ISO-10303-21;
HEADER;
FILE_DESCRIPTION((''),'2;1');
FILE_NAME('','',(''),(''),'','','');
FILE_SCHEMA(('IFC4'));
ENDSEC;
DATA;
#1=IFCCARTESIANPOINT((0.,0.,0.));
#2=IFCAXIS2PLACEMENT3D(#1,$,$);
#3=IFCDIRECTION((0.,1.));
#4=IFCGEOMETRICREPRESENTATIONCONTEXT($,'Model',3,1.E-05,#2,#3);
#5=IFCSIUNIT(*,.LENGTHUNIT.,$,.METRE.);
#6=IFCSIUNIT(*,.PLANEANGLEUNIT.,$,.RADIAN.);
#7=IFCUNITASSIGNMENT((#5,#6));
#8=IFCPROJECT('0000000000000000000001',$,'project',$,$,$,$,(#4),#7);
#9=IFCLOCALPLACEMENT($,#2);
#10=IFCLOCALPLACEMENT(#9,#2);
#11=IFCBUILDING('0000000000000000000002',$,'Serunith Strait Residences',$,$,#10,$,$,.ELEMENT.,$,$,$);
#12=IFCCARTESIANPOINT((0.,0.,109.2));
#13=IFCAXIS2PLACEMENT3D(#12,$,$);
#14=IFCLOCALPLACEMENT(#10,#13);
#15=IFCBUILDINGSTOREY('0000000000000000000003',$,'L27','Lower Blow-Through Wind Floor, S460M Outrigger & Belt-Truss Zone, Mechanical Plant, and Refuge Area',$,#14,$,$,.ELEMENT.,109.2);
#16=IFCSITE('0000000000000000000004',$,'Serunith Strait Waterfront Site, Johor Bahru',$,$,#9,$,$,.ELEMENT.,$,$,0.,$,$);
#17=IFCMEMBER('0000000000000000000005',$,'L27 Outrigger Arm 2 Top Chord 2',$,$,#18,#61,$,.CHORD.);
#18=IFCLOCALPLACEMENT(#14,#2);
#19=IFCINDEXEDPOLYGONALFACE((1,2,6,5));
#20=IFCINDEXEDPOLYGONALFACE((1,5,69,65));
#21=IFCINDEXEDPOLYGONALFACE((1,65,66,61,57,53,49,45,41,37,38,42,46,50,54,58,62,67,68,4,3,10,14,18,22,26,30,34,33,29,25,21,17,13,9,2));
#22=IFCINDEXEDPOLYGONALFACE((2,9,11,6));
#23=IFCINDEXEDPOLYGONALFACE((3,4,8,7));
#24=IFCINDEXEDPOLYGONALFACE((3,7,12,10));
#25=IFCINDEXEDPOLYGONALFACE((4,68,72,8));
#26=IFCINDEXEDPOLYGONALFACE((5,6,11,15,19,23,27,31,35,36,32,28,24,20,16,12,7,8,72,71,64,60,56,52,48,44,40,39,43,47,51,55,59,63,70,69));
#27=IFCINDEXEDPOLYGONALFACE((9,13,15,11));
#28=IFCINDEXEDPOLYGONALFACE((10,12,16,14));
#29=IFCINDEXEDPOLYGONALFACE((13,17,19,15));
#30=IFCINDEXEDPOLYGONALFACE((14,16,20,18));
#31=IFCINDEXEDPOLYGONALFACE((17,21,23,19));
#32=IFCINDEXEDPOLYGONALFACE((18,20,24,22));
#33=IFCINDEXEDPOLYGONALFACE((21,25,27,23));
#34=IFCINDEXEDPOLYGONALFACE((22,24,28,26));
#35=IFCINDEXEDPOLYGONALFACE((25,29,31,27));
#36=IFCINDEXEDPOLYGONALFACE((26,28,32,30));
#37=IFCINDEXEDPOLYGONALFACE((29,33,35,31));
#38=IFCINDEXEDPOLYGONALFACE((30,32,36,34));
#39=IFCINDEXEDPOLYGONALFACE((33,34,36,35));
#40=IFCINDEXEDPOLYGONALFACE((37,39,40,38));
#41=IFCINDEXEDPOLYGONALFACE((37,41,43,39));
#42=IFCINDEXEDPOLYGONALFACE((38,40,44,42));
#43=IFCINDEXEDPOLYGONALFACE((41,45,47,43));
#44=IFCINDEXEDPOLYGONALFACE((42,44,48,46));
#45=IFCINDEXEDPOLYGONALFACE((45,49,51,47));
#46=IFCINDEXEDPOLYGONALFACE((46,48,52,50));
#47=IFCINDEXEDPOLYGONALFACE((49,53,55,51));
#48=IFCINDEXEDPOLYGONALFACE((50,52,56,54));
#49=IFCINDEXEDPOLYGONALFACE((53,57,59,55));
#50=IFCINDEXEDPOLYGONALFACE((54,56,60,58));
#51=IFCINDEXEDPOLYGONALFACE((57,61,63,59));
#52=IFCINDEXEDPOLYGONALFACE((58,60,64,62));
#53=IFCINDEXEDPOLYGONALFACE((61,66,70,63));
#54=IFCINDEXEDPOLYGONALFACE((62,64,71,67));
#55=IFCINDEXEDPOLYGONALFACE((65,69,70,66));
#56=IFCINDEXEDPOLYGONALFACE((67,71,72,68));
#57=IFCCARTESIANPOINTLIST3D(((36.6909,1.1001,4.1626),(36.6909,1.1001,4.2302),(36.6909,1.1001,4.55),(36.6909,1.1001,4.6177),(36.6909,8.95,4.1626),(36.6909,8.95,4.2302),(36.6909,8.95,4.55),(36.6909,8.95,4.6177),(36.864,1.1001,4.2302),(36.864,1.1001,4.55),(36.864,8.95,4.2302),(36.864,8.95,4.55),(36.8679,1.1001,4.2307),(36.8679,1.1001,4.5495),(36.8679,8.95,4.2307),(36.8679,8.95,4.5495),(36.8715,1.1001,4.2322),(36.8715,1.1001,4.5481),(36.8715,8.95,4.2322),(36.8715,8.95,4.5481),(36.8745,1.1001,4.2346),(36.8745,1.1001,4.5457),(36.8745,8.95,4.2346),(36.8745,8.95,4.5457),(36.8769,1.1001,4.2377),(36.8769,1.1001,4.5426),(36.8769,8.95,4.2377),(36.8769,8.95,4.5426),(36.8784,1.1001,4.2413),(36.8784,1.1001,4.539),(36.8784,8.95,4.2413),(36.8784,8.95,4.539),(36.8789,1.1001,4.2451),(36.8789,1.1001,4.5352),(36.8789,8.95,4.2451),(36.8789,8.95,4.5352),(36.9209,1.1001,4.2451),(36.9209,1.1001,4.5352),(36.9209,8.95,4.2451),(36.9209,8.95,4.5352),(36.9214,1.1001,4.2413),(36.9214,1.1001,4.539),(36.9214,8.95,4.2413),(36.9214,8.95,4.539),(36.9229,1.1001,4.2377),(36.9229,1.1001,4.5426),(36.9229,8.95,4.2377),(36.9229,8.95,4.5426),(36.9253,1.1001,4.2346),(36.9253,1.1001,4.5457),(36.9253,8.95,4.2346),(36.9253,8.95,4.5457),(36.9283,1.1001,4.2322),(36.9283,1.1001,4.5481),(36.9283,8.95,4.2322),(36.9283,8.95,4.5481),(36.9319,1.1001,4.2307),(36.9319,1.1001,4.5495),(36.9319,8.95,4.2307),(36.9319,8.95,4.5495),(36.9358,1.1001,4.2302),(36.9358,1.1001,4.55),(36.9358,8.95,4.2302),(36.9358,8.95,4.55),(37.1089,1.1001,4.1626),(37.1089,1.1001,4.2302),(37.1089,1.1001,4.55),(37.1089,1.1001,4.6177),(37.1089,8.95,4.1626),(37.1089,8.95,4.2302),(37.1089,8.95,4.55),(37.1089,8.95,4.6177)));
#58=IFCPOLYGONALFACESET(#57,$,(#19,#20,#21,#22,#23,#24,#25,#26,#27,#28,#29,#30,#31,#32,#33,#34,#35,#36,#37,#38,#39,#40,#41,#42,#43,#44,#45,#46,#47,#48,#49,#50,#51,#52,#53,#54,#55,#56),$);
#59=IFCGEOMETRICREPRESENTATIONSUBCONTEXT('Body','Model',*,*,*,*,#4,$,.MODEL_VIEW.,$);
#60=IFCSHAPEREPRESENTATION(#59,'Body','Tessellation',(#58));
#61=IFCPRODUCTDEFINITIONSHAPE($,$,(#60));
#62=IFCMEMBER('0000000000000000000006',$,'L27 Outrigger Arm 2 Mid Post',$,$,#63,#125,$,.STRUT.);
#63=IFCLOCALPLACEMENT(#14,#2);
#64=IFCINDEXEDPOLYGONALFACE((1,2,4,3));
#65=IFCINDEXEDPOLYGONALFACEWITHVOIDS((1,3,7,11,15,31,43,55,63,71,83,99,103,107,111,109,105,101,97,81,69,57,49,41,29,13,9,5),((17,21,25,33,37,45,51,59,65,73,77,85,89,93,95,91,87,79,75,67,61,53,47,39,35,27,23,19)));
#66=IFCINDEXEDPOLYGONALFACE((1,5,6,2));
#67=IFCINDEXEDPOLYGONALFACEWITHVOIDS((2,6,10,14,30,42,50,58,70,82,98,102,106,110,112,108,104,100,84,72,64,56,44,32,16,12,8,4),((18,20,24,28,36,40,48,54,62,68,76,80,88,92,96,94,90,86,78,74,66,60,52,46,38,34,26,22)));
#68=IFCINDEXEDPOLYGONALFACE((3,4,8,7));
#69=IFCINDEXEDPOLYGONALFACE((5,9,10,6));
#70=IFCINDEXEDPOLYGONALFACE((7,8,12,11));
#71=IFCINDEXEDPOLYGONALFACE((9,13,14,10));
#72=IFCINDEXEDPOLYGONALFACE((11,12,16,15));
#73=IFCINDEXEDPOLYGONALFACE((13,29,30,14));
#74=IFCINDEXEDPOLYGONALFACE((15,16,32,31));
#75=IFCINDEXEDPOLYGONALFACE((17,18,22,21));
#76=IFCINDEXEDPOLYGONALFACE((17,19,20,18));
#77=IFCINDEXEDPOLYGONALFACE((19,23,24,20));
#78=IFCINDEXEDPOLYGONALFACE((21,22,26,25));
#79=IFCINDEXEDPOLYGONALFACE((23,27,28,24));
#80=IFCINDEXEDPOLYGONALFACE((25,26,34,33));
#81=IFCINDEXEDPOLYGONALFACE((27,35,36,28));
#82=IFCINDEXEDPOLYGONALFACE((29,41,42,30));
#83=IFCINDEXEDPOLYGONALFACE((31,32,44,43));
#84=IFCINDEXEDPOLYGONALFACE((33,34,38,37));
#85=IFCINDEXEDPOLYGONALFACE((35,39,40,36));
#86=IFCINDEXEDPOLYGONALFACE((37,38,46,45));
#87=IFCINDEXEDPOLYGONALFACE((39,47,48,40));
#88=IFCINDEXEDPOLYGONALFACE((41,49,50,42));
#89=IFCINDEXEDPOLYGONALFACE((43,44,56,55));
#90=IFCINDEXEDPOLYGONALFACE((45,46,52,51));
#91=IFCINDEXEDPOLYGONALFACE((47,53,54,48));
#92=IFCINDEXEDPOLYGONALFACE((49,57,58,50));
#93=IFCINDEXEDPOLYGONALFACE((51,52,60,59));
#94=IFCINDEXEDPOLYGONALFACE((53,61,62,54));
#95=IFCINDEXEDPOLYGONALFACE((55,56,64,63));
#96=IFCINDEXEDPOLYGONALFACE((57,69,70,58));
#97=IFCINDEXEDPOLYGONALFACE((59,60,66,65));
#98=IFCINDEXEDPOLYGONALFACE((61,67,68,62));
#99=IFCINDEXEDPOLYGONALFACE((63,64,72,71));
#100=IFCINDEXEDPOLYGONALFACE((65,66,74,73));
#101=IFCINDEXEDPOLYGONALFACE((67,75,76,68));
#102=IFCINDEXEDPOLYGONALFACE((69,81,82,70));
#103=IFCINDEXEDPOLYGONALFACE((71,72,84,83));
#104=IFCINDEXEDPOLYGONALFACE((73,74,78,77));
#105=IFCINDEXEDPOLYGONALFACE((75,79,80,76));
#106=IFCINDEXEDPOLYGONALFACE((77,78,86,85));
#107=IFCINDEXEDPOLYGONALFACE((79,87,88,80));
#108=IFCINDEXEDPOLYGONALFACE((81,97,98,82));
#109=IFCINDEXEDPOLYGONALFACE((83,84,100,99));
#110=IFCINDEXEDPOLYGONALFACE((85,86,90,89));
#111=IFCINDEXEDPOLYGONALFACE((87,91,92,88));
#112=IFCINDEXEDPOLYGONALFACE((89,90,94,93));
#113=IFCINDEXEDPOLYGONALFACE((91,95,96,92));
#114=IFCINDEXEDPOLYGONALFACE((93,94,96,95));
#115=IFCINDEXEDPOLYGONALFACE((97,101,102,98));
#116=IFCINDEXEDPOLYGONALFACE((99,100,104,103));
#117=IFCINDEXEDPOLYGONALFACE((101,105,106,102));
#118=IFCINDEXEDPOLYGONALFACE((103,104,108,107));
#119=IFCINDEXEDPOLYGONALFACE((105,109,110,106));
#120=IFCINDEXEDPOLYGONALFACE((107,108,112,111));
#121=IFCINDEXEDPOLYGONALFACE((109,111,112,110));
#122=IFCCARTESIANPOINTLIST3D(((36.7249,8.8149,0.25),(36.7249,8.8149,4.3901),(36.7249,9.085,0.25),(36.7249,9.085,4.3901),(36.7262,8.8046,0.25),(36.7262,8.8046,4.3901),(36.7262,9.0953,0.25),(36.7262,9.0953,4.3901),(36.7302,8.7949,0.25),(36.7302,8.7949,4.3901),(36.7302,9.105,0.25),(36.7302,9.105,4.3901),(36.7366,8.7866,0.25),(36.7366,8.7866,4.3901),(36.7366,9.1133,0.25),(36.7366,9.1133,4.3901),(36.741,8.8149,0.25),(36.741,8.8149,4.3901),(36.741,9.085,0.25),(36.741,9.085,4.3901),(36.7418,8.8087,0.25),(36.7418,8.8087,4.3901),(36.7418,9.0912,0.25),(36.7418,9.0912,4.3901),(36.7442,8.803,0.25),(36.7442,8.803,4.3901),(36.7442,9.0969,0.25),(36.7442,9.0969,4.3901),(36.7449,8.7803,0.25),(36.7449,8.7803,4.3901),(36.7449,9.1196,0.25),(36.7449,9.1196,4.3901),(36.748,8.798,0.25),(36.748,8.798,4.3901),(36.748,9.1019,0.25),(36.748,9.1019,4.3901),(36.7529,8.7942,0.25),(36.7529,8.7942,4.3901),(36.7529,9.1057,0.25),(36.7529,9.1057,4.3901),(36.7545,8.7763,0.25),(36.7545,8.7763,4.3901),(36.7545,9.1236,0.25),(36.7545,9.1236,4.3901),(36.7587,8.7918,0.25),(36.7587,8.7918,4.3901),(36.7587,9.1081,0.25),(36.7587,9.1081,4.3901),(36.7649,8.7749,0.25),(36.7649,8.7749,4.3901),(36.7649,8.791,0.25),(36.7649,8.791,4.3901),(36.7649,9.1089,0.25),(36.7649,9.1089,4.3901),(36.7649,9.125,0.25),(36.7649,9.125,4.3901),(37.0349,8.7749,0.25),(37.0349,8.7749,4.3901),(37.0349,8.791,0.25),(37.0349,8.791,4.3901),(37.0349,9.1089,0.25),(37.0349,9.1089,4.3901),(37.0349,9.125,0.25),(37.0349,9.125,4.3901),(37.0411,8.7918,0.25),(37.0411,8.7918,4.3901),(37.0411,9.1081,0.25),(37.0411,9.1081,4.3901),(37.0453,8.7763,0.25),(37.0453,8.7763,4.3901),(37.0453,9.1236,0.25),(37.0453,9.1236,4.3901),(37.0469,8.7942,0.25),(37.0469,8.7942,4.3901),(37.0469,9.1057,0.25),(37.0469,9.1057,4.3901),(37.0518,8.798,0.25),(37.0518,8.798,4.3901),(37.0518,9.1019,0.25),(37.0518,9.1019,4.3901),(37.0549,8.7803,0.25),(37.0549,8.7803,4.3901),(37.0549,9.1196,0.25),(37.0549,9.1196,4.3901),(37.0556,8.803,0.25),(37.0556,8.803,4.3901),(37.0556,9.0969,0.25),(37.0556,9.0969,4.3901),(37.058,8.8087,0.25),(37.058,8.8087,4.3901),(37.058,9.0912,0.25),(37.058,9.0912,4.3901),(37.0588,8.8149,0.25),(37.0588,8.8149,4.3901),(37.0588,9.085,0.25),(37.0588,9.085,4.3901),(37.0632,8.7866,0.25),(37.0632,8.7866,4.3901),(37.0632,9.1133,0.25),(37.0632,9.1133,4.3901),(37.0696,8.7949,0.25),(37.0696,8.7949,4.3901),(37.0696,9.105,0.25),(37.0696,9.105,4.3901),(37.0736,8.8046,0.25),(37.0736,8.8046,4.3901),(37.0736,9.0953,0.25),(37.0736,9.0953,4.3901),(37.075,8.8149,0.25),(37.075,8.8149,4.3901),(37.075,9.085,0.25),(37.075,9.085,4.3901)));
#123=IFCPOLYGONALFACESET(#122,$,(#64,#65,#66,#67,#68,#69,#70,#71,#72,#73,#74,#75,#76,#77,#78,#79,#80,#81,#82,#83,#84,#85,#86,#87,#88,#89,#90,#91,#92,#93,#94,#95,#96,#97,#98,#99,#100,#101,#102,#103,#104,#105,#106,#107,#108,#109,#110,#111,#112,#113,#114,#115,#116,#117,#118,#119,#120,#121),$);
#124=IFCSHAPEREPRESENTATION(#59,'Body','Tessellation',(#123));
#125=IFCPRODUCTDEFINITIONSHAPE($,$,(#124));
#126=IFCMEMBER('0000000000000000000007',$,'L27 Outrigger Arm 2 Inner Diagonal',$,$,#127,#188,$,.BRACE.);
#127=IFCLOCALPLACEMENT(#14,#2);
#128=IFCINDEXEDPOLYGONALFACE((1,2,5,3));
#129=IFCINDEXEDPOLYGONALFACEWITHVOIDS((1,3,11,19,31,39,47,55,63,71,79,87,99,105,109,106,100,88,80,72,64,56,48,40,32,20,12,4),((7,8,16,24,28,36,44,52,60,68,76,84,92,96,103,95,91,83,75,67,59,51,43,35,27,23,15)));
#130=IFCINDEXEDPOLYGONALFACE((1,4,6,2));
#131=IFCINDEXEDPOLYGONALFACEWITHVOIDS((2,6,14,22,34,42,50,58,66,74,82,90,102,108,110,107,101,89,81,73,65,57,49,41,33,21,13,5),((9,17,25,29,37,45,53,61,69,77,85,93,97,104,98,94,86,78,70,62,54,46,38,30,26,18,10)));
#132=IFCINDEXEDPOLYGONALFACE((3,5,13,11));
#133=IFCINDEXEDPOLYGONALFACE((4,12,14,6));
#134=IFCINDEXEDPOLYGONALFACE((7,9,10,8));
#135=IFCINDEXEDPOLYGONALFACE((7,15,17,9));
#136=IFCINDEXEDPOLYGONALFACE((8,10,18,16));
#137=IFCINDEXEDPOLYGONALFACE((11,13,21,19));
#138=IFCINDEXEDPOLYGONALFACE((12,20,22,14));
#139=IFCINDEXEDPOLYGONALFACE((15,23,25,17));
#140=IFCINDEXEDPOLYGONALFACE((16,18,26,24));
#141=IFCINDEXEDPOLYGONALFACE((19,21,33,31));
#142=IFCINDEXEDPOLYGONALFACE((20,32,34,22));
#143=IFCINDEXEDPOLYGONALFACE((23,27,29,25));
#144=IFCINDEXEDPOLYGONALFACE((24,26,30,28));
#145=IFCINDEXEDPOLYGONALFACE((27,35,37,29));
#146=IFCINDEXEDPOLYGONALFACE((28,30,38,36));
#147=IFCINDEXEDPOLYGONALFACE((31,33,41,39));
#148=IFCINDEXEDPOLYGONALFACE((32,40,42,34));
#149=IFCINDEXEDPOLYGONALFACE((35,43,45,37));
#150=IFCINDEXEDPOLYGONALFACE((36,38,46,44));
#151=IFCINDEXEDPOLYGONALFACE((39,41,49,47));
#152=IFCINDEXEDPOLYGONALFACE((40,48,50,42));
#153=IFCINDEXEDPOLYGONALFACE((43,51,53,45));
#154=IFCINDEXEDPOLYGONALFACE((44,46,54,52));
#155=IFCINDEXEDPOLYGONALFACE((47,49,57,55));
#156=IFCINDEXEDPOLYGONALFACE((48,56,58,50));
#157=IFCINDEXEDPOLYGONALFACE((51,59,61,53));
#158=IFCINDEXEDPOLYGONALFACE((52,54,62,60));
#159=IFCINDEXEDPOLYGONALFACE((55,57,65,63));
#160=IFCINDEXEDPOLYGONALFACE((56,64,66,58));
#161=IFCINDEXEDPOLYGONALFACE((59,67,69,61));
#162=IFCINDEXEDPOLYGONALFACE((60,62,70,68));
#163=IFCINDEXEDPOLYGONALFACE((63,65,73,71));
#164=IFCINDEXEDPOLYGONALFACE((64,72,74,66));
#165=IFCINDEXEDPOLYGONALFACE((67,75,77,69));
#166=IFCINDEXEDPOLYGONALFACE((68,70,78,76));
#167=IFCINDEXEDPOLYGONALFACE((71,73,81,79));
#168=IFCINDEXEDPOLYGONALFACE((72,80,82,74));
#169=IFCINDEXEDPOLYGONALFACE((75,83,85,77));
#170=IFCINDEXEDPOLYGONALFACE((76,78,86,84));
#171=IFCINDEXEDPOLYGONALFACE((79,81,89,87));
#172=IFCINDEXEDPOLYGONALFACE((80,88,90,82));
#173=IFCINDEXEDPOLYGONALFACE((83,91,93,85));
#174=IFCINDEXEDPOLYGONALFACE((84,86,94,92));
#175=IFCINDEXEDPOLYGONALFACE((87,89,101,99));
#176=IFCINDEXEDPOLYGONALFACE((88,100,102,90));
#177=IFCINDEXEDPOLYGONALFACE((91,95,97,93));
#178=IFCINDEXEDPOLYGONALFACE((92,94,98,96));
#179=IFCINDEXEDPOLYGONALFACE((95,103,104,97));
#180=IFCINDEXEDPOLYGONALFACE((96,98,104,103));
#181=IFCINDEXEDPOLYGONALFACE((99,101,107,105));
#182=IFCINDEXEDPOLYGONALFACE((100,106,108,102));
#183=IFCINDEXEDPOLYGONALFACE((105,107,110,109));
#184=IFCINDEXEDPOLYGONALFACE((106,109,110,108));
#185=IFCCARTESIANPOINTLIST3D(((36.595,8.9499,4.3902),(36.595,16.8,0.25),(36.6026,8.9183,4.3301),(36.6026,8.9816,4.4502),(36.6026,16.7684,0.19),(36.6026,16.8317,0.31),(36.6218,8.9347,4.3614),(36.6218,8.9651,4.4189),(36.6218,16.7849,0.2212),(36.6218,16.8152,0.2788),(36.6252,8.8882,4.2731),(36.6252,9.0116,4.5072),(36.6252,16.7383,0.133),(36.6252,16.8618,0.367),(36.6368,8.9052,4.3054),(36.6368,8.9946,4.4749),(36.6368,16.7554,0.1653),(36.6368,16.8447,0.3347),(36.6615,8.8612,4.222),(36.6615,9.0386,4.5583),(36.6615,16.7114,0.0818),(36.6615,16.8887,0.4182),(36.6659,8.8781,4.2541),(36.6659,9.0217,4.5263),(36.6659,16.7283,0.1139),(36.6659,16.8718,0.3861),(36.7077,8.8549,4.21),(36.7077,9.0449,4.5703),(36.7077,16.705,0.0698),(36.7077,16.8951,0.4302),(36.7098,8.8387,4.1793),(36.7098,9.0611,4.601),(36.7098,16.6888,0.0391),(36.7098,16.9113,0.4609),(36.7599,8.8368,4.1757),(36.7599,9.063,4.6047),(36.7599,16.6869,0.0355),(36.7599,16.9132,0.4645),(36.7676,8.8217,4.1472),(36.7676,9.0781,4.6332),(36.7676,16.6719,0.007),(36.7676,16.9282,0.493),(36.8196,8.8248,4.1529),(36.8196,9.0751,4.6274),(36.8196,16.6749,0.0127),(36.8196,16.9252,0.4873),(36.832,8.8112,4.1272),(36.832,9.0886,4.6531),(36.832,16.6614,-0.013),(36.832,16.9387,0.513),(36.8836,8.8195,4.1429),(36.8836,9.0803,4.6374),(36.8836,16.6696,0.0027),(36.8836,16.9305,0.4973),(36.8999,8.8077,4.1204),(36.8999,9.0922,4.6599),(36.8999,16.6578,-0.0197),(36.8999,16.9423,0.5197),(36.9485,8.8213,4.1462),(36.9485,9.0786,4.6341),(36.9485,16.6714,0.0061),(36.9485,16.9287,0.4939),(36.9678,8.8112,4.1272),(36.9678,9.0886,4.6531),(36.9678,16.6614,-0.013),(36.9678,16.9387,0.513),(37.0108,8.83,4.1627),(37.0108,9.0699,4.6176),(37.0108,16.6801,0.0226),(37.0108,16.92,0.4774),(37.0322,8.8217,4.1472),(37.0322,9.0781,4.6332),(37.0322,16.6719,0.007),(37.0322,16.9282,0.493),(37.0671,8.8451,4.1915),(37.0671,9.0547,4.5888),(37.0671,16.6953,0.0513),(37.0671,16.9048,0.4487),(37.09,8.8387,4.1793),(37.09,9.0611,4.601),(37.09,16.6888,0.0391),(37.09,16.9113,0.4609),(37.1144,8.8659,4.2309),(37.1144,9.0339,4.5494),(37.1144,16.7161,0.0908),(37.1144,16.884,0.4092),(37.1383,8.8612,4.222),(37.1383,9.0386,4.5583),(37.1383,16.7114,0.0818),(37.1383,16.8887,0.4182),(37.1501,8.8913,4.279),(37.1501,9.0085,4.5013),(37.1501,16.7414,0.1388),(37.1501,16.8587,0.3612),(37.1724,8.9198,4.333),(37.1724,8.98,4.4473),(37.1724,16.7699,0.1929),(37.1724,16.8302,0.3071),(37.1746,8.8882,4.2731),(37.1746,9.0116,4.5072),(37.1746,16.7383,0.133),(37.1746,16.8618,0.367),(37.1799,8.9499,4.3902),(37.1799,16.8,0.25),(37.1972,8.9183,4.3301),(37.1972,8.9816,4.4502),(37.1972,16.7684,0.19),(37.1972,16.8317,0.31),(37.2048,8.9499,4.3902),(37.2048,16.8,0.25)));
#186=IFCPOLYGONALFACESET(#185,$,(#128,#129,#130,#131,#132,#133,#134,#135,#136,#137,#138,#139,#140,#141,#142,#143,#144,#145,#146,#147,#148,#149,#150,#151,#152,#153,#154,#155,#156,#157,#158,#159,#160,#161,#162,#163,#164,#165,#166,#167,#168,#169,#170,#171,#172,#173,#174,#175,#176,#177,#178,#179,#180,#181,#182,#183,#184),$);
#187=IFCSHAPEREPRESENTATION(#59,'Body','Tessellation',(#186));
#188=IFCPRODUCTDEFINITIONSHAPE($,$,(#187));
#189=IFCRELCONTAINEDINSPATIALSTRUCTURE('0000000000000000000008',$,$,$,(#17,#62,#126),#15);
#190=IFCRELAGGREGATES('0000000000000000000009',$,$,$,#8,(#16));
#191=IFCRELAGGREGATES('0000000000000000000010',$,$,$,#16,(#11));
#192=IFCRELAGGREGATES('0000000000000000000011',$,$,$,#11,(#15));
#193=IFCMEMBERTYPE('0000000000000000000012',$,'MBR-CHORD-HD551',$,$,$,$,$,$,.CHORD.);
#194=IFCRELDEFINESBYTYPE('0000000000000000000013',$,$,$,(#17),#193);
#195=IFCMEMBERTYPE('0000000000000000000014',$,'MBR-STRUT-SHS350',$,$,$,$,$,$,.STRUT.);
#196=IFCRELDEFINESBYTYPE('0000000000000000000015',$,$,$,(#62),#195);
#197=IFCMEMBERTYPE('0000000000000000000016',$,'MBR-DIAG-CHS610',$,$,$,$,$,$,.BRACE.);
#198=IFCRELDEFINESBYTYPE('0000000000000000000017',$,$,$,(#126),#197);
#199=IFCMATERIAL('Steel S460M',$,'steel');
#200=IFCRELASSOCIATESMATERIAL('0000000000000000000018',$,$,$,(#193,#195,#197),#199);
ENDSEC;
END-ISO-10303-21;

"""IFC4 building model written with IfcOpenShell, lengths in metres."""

from ifc_helpers import new_model, si_unit, direction, frame, origin, origin_2d, place, context, subcontext, project, spatial, hollow_rectangle, hollow_circle, i_section, extrude, source, transform, mapped, material, material_profile, profile_set, type_object, element, save


model = new_model("IFC4")

# Units and contexts
model_context = context("Model", 3, precision=1e-05, world=origin(), true_north=direction((0.0, 1.0)))
body_context = subcontext(model_context, "Body", "Model", "MODEL_VIEW")
ifc_project = project(units=[si_unit("LENGTHUNIT", "METRE"), si_unit("PLANEANGLEUNIT", "RADIAN")], contexts=[model_context])

# Site, building, storey
site_placement = place(None, origin())
site = spatial("IfcSite", under=ifc_project, at=site_placement, Name="Serunith Strait Waterfront Site, Johor Bahru", CompositionType="ELEMENT", RefElevation=0.0)
building_placement = place(site_placement, origin())
building = spatial("IfcBuilding", under=site, at=building_placement, Name="Serunith Strait Residences", CompositionType="ELEMENT")
storey_placement = place(building_placement, frame((0.0, 0.0, 109.2)))
storey = spatial("IfcBuildingStorey", under=building, at=storey_placement, Name="L27", Description="Lower Blow-Through Wind Floor, S460M Outrigger & Belt-Truss Zone, Mechanical Plant, and Refuge Area", CompositionType="ELEMENT", Elevation=109.2)

# Members
ifc_material_1 = material(Name="Steel S460M", Category="steel")
ifc_material_profile_1 = material_profile(ifc_material_1, i_section(OverallWidth=0.418, OverallDepth=0.4551, WebThickness=0.042, FlangeThickness=0.0676, FilletRadius=0.0149, at=origin_2d()), Name="HD 400x551")
ifc_profile_set_1 = profile_set([ifc_material_profile_1], Name="Steel S460M")
member_type_1 = type_object("IfcMemberType", Name="MBR-CHORD-HD551", PredefinedType="CHORD", material=ifc_profile_set_1)
shared_shape_1 = source(origin(), body_context, "Body", "SweptSolid", [
    extrude(i_section(OverallWidth=0.418, OverallDepth=0.4551, WebThickness=0.042, FlangeThickness=0.0676, FilletRadius=0.0149, at=origin_2d()), origin(), (0.0, 0.0, 1.0), 7.8499),
])
for number, where, z_axis, x_axis, name in (
    (1, (36.8999, 8.95, 4.3901), (0.0, -1.0, 0.0), (1.0, 0.0, 0.0), "L27 Outrigger Arm 2 Top Chord 2"),
):
    element("IfcMember", number, at=place(storey_placement, frame(where, z_axis=z_axis, x_axis=x_axis)), inside=storey, type_object=member_type_1, Name=name, PredefinedType="CHORD", context=body_context, shape_type="MappedRepresentation", body=[
        mapped(shared_shape_1, transform((0.0, 0.0, 0.0), scale=1.0)),
    ])
ifc_material_profile_2 = material_profile(ifc_material_1, hollow_rectangle(XDim=0.3501, YDim=0.3501, WallThickness=0.0161, InnerFilletRadius=0.0239, OuterFilletRadius=0.04, at=origin_2d()), Name="SHS 350x350x16")
ifc_profile_set_2 = profile_set([ifc_material_profile_2], Name="Steel S460M")
member_type_2 = type_object("IfcMemberType", Name="MBR-STRUT-SHS350", PredefinedType="STRUT", material=ifc_profile_set_2)
shared_shape_2 = source(origin(), body_context, "Body", "SweptSolid", [
    extrude(hollow_rectangle(XDim=0.3501, YDim=0.3501, WallThickness=0.0161, InnerFilletRadius=0.0239, OuterFilletRadius=0.04, at=origin_2d()), origin(), (0.0, 0.0, 1.0), 4.1401),
])
member_1_placement = place(storey_placement, frame((36.8999, 8.95, 0.25), z_axis=(0.0, 0.0, 1.0), x_axis=(1.0, 0.0, 0.0)))
element("IfcMember", 2, at=member_1_placement, inside=storey, type_object=member_type_2, Name="L27 Outrigger Arm 2 Mid Post", PredefinedType="STRUT", context=body_context, shape_type="MappedRepresentation", body=[
    mapped(shared_shape_2, transform((0.0, 0.0, 0.0), scale=1.0)),
])
ifc_material_profile_3 = material_profile(ifc_material_1, hollow_circle(Radius=0.3049, WallThickness=0.0249, at=origin_2d()), Name="CHS 610x25")
ifc_profile_set_3 = profile_set([ifc_material_profile_3], Name="Steel S460M")
member_type_3 = type_object("IfcMemberType", Name="MBR-DIAG-CHS610", PredefinedType="BRACE", material=ifc_profile_set_3)
shared_shape_3 = source(origin(), body_context, "Body", "SweptSolid", [
    extrude(hollow_circle(Radius=0.3049, WallThickness=0.0249, at=origin_2d()), origin(), (0.0, 0.0, 1.0), 8.875),
])
member_2_placement = place(storey_placement, frame((36.8999, 16.8, 0.25), z_axis=(0.0, -0.884523, 0.466497), x_axis=(1.0, 0.0, 0.0)))
element("IfcMember", 3, at=member_2_placement, inside=storey, type_object=member_type_3, Name="L27 Outrigger Arm 2 Inner Diagonal", PredefinedType="BRACE", context=body_context, shape_type="MappedRepresentation", body=[
    mapped(shared_shape_3, transform((0.0, 0.0, 0.0), scale=1.0)),
])

save(model, "model.ifc")
